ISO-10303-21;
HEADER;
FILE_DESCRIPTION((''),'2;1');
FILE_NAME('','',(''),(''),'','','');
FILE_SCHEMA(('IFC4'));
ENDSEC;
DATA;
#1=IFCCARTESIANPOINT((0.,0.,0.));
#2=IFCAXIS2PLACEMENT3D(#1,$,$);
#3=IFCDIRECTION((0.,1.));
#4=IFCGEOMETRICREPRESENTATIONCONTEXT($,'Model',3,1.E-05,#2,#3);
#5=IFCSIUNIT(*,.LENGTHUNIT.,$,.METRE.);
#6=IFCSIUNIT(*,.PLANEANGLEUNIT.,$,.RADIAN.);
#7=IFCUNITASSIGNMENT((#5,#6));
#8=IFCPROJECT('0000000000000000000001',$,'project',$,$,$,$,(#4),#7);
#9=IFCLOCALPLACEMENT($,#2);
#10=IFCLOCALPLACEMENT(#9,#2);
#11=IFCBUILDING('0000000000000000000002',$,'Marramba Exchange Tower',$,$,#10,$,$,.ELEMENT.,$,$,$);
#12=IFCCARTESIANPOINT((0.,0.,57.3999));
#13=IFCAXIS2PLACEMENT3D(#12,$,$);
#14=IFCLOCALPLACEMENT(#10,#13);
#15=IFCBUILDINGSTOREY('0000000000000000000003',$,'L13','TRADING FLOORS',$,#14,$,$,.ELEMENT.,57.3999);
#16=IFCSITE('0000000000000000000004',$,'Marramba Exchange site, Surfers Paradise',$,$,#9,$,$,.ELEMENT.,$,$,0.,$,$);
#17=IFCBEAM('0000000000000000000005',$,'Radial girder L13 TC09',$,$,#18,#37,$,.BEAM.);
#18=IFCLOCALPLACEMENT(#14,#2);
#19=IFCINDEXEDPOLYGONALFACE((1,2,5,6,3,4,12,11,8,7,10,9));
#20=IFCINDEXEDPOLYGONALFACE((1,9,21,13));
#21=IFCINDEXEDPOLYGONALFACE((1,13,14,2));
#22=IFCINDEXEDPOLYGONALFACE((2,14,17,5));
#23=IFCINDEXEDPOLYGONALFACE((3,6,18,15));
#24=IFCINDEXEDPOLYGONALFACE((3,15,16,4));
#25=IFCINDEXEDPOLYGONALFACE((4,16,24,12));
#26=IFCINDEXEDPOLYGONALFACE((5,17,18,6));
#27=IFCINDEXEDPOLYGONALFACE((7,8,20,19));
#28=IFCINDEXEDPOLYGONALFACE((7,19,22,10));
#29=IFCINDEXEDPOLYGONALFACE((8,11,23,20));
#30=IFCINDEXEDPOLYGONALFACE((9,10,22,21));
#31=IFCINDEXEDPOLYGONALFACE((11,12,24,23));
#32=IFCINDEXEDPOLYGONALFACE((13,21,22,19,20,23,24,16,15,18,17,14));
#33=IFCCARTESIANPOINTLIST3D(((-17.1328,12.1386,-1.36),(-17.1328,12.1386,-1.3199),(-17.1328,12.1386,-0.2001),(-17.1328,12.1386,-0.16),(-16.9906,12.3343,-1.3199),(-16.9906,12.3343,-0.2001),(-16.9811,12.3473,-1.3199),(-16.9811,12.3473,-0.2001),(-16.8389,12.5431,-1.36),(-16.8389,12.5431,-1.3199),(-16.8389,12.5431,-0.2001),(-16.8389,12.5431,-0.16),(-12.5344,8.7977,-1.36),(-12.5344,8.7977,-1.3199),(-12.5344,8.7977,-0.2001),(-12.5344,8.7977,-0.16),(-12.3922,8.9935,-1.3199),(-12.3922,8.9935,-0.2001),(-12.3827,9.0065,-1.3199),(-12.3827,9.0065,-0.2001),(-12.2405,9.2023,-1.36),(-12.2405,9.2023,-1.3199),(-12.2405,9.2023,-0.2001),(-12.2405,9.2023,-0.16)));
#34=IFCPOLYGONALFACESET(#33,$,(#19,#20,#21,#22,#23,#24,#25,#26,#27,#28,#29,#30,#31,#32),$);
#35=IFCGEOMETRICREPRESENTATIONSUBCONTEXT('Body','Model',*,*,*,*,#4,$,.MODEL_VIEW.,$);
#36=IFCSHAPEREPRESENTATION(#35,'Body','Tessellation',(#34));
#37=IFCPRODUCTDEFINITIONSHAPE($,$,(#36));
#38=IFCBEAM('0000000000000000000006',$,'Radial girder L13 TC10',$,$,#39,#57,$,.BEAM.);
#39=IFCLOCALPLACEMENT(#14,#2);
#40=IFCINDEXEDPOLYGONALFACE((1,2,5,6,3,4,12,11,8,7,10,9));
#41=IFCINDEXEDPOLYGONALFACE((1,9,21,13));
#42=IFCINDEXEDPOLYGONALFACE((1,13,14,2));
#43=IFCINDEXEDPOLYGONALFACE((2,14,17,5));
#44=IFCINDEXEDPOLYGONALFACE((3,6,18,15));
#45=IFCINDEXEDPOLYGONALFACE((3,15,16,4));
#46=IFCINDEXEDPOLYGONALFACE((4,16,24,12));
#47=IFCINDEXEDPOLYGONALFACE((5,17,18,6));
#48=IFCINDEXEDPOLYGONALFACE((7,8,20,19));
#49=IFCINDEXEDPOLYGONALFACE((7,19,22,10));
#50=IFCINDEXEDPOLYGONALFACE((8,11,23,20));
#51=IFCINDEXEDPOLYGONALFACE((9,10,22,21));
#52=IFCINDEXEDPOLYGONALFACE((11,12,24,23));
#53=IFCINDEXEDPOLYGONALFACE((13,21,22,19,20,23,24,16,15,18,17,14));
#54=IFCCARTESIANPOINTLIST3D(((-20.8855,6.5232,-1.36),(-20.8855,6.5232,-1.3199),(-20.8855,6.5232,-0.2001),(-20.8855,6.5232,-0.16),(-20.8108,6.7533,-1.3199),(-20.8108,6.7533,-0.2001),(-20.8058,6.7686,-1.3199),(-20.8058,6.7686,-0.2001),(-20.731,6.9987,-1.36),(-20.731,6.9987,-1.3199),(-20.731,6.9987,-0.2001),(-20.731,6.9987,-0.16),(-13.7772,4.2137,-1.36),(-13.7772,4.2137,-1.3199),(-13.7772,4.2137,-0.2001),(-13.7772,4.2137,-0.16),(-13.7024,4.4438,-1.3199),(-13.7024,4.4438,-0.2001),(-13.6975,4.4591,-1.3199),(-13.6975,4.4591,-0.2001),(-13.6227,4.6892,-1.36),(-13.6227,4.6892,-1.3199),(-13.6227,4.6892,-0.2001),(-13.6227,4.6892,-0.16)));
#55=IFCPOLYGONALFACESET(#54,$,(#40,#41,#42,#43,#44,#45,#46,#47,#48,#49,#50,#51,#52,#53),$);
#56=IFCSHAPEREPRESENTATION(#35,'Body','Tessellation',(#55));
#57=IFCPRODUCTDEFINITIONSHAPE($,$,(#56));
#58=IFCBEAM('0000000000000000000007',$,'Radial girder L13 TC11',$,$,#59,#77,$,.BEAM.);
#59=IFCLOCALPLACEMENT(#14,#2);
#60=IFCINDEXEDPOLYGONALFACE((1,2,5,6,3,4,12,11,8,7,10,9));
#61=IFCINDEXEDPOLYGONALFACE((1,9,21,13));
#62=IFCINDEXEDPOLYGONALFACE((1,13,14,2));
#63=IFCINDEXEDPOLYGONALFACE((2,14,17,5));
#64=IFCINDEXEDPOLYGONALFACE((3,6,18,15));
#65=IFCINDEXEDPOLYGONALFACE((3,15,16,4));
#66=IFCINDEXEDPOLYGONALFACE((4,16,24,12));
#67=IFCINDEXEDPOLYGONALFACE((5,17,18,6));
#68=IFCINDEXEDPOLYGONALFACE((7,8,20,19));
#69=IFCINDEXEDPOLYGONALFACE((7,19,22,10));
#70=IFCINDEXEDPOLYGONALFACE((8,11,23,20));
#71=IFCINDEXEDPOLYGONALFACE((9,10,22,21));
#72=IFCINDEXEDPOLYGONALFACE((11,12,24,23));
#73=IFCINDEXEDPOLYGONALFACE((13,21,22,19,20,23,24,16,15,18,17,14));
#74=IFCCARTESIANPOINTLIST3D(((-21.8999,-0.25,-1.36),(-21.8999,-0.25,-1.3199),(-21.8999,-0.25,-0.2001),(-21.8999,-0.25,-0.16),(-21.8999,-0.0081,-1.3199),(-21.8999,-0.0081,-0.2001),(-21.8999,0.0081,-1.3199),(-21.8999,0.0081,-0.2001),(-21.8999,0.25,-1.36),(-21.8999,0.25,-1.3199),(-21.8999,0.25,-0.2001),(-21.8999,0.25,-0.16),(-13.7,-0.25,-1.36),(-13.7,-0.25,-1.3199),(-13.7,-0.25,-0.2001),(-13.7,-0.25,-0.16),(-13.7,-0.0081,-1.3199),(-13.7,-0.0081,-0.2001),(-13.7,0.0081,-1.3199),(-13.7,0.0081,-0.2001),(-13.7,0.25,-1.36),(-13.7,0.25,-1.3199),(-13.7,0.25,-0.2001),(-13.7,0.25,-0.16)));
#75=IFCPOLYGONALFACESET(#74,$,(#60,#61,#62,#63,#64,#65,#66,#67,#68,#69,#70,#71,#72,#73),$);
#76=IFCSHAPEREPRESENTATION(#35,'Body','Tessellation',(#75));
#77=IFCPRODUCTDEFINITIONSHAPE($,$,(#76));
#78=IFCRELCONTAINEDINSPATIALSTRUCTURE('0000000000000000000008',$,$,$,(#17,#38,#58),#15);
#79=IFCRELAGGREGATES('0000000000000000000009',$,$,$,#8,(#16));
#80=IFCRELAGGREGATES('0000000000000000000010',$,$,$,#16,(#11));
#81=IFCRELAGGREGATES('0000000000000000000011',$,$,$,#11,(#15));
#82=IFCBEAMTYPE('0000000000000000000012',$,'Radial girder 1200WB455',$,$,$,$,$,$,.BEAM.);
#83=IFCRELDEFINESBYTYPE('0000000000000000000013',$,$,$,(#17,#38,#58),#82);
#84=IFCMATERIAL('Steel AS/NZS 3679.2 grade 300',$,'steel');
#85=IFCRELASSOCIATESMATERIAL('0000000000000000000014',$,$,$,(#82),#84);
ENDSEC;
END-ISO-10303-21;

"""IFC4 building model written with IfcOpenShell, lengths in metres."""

from ifc_helpers import new_model, si_unit, direction, frame, origin, origin_2d, place, context, subcontext, project, spatial, i_section, extrude, material, material_profile, profile_set, type_object, element, save


model = new_model("IFC4")

# Units and contexts
model_context = context("Model", 3, precision=1e-05, world=origin(), true_north=direction((0.0, 1.0)))
body_context = subcontext(model_context, "Body", "Model", "MODEL_VIEW")
ifc_project = project(units=[si_unit("LENGTHUNIT", "METRE"), si_unit("PLANEANGLEUNIT", "RADIAN")], contexts=[model_context])

# Site, building, storey
site_placement = place(None, origin())
site = spatial("IfcSite", under=ifc_project, at=site_placement, Name="Marramba Exchange site, Surfers Paradise", CompositionType="ELEMENT", RefElevation=0.0)
building_placement = place(site_placement, origin())
building = spatial("IfcBuilding", under=site, at=building_placement, Name="Marramba Exchange Tower", CompositionType="ELEMENT")
storey_placement = place(building_placement, frame((0.0, 0.0, 57.3999)))
storey = spatial("IfcBuildingStorey", under=building, at=storey_placement, Name="L13", Description="TRADING FLOORS", CompositionType="ELEMENT", Elevation=57.3999)

# Beams
ifc_material_1 = material(Name="Steel AS/NZS 3679.2 grade 300", Category="steel")
ifc_material_profile_1 = material_profile(ifc_material_1, i_section(OverallWidth=0.5, OverallDepth=1.2, WebThickness=0.0161, FlangeThickness=0.04, at=origin_2d()), Name="1200WB455")
ifc_profile_set_1 = profile_set([ifc_material_profile_1], Name="Steel AS/NZS 3679.2 grade 300")
beam_type_1 = type_object("IfcBeamType", Name="Radial girder 1200WB455", PredefinedType="BEAM", material=ifc_profile_set_1)
beam_1_placement = place(storey_placement, frame((-12.3875, 9.0, -0.76), z_axis=(-0.809026, 0.587773, 0.0), x_axis=(-0.587773, -0.809026, 0.0)))
element("IfcBeam", 1, at=beam_1_placement, inside=storey, type_object=beam_type_1, Name="Radial girder L13 TC09", PredefinedType="BEAM", context=body_context, shape_type="SweptSolid", body=[
    extrude(i_section(OverallWidth=0.5, OverallDepth=1.2, WebThickness=0.0161, FlangeThickness=0.04, at=origin_2d()), origin(), (0.0, 0.0, 1.0), 5.6838),
])
beam_2_placement = place(storey_placement, frame((-13.7, 4.4514, -0.76), z_axis=(-0.95106, 0.309006, 0.0), x_axis=(-0.309006, -0.95106, 0.0)))
element("IfcBeam", 2, at=beam_2_placement, inside=storey, type_object=beam_type_1, Name="Radial girder L13 TC10", PredefinedType="BEAM", context=body_context, shape_type="SweptSolid", body=[
    extrude(i_section(OverallWidth=0.5, OverallDepth=1.2, WebThickness=0.0161, FlangeThickness=0.04, at=origin_2d()), origin(), (0.0, 0.0, 1.0), 7.4741),
])
beam_3_placement = place(storey_placement, frame((-13.7, 0.0, -0.76), z_axis=(-1.0, 0.0, 0.0), x_axis=(0.0, -1.0, 0.0)))
element("IfcBeam", 3, at=beam_3_placement, inside=storey, type_object=beam_type_1, Name="Radial girder L13 TC11", PredefinedType="BEAM", context=body_context, shape_type="SweptSolid", body=[
    extrude(i_section(OverallWidth=0.5, OverallDepth=1.2, WebThickness=0.0161, FlangeThickness=0.04, at=origin_2d()), origin(), (0.0, 0.0, 1.0), 8.2),
])

save(model, "model.ifc")
